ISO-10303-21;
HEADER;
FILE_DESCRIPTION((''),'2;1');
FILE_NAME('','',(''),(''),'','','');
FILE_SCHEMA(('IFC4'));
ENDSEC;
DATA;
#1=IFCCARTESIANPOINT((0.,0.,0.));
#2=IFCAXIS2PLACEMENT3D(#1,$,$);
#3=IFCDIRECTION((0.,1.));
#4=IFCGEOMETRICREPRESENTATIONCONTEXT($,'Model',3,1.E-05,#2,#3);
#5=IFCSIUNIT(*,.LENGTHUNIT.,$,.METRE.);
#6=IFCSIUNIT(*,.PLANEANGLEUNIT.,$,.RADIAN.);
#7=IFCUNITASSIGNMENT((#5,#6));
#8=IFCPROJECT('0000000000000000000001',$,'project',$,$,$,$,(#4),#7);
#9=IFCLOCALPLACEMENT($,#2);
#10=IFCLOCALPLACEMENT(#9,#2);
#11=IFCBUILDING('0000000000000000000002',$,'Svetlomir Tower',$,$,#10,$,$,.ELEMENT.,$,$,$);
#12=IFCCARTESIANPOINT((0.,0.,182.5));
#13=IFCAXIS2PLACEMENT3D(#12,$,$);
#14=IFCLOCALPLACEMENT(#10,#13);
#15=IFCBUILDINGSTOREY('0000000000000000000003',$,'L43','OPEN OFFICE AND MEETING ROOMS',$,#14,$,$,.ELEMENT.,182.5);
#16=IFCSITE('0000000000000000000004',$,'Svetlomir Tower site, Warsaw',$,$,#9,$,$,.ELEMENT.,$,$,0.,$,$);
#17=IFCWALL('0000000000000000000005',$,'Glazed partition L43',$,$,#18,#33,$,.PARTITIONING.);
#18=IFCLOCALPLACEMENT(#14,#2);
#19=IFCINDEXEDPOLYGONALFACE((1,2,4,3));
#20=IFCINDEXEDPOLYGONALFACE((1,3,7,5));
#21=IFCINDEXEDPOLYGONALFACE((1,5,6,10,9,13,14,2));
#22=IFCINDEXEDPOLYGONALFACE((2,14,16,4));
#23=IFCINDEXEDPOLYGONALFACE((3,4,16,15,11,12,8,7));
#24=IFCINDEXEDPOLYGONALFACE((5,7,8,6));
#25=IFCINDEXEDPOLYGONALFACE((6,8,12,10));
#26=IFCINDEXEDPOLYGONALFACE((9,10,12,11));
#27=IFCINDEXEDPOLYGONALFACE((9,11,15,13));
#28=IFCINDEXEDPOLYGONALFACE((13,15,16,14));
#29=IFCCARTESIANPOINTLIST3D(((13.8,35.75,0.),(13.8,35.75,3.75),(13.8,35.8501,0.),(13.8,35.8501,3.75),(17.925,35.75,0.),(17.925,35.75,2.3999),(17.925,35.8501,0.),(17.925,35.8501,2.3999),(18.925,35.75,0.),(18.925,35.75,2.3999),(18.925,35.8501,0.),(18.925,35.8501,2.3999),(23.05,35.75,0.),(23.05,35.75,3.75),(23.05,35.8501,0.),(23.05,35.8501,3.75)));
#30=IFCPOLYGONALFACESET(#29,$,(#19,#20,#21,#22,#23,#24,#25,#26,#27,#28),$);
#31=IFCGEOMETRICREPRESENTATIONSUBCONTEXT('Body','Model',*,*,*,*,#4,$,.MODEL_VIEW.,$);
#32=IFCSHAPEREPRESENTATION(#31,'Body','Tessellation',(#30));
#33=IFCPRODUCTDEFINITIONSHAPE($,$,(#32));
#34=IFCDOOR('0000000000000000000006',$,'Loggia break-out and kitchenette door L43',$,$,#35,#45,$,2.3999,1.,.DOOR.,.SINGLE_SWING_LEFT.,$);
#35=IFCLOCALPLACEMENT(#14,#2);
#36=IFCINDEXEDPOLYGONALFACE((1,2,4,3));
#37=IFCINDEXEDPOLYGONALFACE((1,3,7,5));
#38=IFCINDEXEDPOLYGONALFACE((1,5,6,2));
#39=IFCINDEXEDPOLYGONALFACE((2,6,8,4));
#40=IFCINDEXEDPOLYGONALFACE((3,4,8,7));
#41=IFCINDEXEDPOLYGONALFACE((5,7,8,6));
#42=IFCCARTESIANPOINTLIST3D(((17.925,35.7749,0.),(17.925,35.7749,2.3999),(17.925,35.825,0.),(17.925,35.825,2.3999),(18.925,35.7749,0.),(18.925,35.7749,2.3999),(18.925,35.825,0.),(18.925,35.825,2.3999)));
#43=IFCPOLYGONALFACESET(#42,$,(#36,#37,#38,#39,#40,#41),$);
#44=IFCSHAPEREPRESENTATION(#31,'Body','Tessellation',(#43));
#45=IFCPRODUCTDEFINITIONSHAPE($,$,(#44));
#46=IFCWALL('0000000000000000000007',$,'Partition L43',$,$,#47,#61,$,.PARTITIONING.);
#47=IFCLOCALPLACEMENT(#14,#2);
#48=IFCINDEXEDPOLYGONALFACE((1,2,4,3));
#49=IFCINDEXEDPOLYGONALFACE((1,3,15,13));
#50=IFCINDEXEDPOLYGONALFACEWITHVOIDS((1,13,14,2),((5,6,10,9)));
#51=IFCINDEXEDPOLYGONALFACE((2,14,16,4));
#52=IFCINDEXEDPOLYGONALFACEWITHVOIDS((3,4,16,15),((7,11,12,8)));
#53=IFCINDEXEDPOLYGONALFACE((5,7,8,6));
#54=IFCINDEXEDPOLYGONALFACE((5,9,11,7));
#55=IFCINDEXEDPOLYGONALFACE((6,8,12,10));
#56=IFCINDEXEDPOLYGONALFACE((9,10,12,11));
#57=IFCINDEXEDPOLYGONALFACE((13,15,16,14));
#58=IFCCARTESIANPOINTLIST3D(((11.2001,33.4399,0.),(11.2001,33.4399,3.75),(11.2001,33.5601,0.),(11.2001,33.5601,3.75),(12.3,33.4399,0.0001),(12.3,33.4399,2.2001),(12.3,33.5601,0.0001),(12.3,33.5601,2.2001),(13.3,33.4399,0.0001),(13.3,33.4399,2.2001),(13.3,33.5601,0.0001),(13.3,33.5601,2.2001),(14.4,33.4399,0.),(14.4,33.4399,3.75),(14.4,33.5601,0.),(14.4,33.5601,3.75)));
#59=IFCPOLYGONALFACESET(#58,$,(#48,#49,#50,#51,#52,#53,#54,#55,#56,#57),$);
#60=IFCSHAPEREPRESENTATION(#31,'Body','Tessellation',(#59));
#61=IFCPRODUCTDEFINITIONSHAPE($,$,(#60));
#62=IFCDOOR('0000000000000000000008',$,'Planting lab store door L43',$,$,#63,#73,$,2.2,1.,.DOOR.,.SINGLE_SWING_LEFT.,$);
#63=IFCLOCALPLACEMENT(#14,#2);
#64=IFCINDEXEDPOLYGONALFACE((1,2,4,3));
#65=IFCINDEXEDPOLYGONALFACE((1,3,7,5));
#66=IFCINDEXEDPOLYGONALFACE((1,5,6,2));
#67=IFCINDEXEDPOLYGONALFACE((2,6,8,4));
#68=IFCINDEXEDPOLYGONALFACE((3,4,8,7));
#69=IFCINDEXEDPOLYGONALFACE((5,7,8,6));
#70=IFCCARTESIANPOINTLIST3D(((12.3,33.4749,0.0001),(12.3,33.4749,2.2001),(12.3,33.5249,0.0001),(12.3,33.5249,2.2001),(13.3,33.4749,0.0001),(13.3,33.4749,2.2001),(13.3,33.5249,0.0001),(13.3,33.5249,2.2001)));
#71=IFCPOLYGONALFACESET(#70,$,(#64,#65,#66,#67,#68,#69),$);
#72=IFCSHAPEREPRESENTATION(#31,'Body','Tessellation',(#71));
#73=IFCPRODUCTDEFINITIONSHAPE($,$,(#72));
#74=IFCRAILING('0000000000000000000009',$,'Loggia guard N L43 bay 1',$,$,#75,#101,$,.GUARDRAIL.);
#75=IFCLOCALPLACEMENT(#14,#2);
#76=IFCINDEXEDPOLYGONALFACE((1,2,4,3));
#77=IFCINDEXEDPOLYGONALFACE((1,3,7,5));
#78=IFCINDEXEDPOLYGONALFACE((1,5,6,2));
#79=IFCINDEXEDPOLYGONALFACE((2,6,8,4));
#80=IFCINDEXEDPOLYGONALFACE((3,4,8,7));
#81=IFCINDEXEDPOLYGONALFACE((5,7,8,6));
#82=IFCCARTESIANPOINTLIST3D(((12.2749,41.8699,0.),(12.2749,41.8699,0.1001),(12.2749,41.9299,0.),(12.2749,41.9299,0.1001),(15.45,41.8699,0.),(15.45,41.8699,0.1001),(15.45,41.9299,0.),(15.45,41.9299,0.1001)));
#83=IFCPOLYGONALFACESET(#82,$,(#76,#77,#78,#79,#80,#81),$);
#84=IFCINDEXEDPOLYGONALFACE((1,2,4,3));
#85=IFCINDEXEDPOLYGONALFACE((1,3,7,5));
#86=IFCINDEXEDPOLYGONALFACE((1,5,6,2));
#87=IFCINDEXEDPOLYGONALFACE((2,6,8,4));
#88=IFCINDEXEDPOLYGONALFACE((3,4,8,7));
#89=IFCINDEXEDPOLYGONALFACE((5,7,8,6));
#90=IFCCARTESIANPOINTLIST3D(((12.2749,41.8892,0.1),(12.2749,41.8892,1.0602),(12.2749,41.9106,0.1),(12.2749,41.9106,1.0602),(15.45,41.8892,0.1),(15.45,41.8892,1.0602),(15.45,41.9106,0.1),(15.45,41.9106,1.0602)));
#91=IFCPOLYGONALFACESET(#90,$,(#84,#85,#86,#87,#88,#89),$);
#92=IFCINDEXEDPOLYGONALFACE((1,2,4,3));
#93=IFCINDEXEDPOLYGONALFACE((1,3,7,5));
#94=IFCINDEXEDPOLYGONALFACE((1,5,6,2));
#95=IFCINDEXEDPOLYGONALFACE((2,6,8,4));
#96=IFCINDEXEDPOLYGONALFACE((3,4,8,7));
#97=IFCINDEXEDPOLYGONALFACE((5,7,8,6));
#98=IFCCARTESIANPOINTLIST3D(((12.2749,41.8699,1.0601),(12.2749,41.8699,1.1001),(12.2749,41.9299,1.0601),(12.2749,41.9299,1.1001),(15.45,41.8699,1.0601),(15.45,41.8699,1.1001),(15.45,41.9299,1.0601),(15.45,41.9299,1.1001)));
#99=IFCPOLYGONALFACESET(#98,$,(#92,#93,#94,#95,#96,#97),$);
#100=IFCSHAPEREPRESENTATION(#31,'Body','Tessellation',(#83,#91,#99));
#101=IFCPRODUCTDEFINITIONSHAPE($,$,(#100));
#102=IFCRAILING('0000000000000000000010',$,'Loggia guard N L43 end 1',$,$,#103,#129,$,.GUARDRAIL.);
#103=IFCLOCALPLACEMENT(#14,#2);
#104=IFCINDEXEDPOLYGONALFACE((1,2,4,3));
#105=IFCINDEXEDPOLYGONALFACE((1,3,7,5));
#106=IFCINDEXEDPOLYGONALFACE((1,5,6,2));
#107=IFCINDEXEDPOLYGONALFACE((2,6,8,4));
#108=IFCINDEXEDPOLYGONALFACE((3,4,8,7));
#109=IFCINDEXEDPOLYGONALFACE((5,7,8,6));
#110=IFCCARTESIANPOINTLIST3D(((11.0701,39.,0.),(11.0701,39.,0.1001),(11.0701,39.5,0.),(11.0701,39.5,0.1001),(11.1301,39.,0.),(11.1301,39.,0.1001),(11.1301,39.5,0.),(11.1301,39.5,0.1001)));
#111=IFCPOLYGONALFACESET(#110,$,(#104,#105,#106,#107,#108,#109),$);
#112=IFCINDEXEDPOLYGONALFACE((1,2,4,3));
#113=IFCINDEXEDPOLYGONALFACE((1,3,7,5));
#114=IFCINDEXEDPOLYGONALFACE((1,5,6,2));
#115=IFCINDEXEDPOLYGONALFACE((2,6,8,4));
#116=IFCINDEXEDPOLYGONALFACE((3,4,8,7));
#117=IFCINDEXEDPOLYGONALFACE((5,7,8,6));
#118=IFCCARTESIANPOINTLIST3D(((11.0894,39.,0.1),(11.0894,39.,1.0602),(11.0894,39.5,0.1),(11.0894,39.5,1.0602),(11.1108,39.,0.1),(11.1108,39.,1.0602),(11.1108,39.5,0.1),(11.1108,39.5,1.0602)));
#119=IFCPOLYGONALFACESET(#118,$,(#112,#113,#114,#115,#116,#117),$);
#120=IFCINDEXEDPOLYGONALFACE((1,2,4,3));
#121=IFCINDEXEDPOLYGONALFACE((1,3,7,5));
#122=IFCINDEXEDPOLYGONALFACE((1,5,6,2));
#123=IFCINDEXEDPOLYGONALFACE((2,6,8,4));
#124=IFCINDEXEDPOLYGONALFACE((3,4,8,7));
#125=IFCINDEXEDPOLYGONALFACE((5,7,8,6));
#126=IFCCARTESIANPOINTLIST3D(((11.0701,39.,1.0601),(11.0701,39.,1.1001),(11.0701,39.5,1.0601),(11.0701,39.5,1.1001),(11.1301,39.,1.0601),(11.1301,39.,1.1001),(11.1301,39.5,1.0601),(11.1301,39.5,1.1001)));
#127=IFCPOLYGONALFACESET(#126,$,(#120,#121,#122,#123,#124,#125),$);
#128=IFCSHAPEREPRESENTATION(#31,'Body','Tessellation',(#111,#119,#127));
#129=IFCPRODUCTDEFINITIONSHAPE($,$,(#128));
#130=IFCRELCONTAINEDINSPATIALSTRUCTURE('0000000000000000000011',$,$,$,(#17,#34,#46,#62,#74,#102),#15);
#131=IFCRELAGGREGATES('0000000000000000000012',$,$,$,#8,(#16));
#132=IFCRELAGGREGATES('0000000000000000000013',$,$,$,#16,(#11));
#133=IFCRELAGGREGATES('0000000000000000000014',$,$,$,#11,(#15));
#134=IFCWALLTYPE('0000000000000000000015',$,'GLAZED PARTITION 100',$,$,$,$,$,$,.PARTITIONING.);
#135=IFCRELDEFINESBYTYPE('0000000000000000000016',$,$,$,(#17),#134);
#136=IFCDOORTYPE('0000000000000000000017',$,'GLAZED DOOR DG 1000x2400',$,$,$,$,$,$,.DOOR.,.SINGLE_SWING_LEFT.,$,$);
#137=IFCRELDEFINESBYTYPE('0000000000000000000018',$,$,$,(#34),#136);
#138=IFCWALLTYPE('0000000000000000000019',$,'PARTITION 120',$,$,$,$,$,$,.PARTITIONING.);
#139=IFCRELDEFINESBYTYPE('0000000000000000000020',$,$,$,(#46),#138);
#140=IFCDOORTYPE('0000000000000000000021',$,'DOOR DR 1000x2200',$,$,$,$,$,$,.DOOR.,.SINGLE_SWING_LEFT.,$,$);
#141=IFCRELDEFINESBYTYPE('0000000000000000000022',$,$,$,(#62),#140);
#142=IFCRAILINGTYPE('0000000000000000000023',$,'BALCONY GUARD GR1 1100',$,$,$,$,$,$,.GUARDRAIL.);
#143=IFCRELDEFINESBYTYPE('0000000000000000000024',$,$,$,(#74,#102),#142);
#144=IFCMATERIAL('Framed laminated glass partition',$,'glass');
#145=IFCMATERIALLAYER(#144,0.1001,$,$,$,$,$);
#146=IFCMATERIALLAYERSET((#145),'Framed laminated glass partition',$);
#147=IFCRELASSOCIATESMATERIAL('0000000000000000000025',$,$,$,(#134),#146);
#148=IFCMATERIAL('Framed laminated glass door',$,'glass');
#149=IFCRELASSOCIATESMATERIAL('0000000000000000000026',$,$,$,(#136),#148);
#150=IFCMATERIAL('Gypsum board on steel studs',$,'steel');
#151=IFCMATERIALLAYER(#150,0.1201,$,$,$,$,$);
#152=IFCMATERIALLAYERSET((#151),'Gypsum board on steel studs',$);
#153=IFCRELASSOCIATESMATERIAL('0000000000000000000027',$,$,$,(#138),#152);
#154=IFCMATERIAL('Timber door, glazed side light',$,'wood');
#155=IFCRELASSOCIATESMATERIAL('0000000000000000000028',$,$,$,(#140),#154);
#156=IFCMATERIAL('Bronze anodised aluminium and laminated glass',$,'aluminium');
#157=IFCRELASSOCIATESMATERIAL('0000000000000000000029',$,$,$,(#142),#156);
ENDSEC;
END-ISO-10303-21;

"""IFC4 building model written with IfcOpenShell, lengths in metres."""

from ifc_helpers import new_model, si_unit, direction, frame, frame_2d, origin, origin_2d, place, context, subcontext, project, spatial, rectangle, extrude, material, layer, layer_set, type_object, element, fill, save


model = new_model("IFC4")

# Units and contexts
model_context = context("Model", 3, precision=1e-05, world=origin(), true_north=direction((0.0, 1.0)))
body_context = subcontext(model_context, "Body", "Model", "MODEL_VIEW")
ifc_project = project(units=[si_unit("LENGTHUNIT", "METRE"), si_unit("PLANEANGLEUNIT", "RADIAN")], contexts=[model_context])

# Site, building, storey
site_placement = place(None, origin())
site = spatial("IfcSite", under=ifc_project, at=site_placement, Name="Svetlomir Tower site, Warsaw", CompositionType="ELEMENT", RefElevation=0.0)
building_placement = place(site_placement, origin())
building = spatial("IfcBuilding", under=site, at=building_placement, Name="Svetlomir Tower", CompositionType="ELEMENT")
storey_placement = place(building_placement, frame((0.0, 0.0, 182.5)))
storey = spatial("IfcBuildingStorey", under=building, at=storey_placement, Name="L43", Description="OPEN OFFICE AND MEETING ROOMS", CompositionType="ELEMENT", Elevation=182.5)

# Shared definitions
ifc_material_1 = material(Name="Framed laminated glass partition", Category="glass")
ifc_layer_1 = layer(ifc_material_1, 0.1001)
ifc_layer_set_1 = layer_set([ifc_layer_1], Name="Framed laminated glass partition")
wall_type_1 = type_object("IfcWallType", Name="GLAZED PARTITION 100", PredefinedType="PARTITIONING", material=ifc_layer_set_1)

# Walls, openings, doors
wall_1_placement = place(storey_placement, frame((13.8, 35.8, 0.0), z_axis=(0.0, 0.0, 1.0), x_axis=(1.0, 0.0, 0.0)))
wall_1 = element("IfcWall", 1, at=wall_1_placement, inside=storey, type_object=wall_type_1, Name="Glazed partition L43", PredefinedType="PARTITIONING", context=body_context, shape_type="SweptSolid", body=[
    extrude(rectangle(XDim=9.25, YDim=0.1001, at=frame_2d((4.625, 0.0))), origin(), (0.0, 0.0, 1.0), 3.75),
])
opening_1_placement = place(wall_1_placement, frame((4.125, 0.0, 0.0)))
opening_1 = element("IfcOpeningElement", 2, at=opening_1_placement, cuts=wall_1, PredefinedType="OPENING", context=body_context, shape_type="SweptSolid", body=[
    extrude(rectangle(XDim=1.0, YDim=2.3999, at=frame_2d((0.5, 1.2))), frame((0.0, 0.0601, 0.0), z_axis=(0.0, -1.0, 0.0), x_axis=(1.0, 0.0, 0.0)), (0.0, 0.0, 1.0), 0.1201),
])
ifc_material_2 = material(Name="Framed laminated glass door", Category="glass")
door_type_1 = type_object("IfcDoorType", Name="GLAZED DOOR DG 1000x2400", OperationType="SINGLE_SWING_LEFT", PredefinedType="DOOR", material=ifc_material_2)
door_1_placement = place(opening_1_placement, origin())
door_1 = element("IfcDoor", 3, at=door_1_placement, inside=storey, type_object=door_type_1, Name="Loggia break-out and kitchenette door L43", OperationType="SINGLE_SWING_LEFT", OverallHeight=2.3999, OverallWidth=1.0, PredefinedType="DOOR", context=body_context, shape_type="SweptSolid", body=[
    extrude(rectangle(XDim=1.0, YDim=2.3999, at=frame_2d((0.5, 1.2))), frame((0.0, 0.0249, 0.0), z_axis=(0.0, -1.0, 0.0), x_axis=(1.0, 0.0, 0.0)), (0.0, 0.0, 1.0), 0.05),
])
fill(opening_1, door_1)
ifc_material_3 = material(Name="Gypsum board on steel studs", Category="steel")
ifc_layer_2 = layer(ifc_material_3, 0.1201)
ifc_layer_set_2 = layer_set([ifc_layer_2], Name="Gypsum board on steel studs")
wall_type_2 = type_object("IfcWallType", Name="PARTITION 120", PredefinedType="PARTITIONING", material=ifc_layer_set_2)
wall_2_placement = place(storey_placement, frame((11.2, 33.5, 0.0), z_axis=(0.0, 0.0, 1.0), x_axis=(1.0, 0.0, 0.0)))
wall_2 = element("IfcWall", 4, at=wall_2_placement, inside=storey, type_object=wall_type_2, Name="Partition L43", PredefinedType="PARTITIONING", context=body_context, shape_type="SweptSolid", body=[
    extrude(rectangle(XDim=3.2, YDim=0.1201, at=frame_2d((1.6001, 0.0))), origin(), (0.0, 0.0, 1.0), 3.75),
])
opening_2_placement = place(wall_2_placement, frame((1.1001, 0.0, 0.0)))
opening_2 = element("IfcOpeningElement", 5, at=opening_2_placement, cuts=wall_2, PredefinedType="OPENING", context=body_context, shape_type="SweptSolid", body=[
    extrude(rectangle(XDim=1.0, YDim=2.2, at=frame_2d((0.5, 1.1001))), frame((0.0, 0.0701, 0.0), z_axis=(0.0, -1.0, 0.0), x_axis=(1.0, 0.0, 0.0)), (0.0, 0.0, 1.0), 0.1401),
])
ifc_material_4 = material(Name="Timber door, glazed side light", Category="wood")
door_type_2 = type_object("IfcDoorType", Name="DOOR DR 1000x2200", OperationType="SINGLE_SWING_LEFT", PredefinedType="DOOR", material=ifc_material_4)
door_2_placement = place(opening_2_placement, origin())
door_2 = element("IfcDoor", 6, at=door_2_placement, inside=storey, type_object=door_type_2, Name="Planting lab store door L43", OperationType="SINGLE_SWING_LEFT", OverallHeight=2.2, OverallWidth=1.0, PredefinedType="DOOR", context=body_context, shape_type="SweptSolid", body=[
    extrude(rectangle(XDim=1.0, YDim=2.2, at=frame_2d((0.5, 1.1001))), frame((0.0, 0.0249, 0.0), z_axis=(0.0, -1.0, 0.0), x_axis=(1.0, 0.0, 0.0)), (0.0, 0.0, 1.0), 0.05),
])
fill(opening_2, door_2)

# Railings
ifc_material_5 = material(Name="Bronze anodised aluminium and laminated glass", Category="aluminium")
railing_type = type_object("IfcRailingType", Name="BALCONY GUARD GR1 1100", PredefinedType="GUARDRAIL", material=ifc_material_5)
railing_1_placement = place(storey_placement, frame((12.2749, 41.8999, 0.0)))
element("IfcRailing", 7, at=railing_1_placement, inside=storey, type_object=railing_type, Name="Loggia guard N L43 bay 1", PredefinedType="GUARDRAIL", context=body_context, shape_type="SweptSolid", body=[
    extrude(rectangle(XDim=0.0601, YDim=0.1001, at=origin_2d()), frame((0.0, 0.0, 0.05), z_axis=(1.0, 0.0, 0.0), x_axis=(0.0, 1.0, 0.0)), (0.0, 0.0, 1.0), 3.175),
    extrude(rectangle(XDim=0.0215, YDim=0.9602, at=origin_2d()), frame((0.0, 0.0, 0.5801), z_axis=(1.0, 0.0, 0.0), x_axis=(0.0, 1.0, 0.0)), (0.0, 0.0, 1.0), 3.175),
    extrude(rectangle(XDim=0.0601, YDim=0.04, at=origin_2d()), frame((0.0, 0.0, 1.0801), z_axis=(1.0, 0.0, 0.0), x_axis=(0.0, 1.0, 0.0)), (0.0, 0.0, 1.0), 3.175),
])
railing_2_placement = place(storey_placement, frame((11.1001, 39.5, 0.0)))
element("IfcRailing", 8, at=railing_2_placement, inside=storey, type_object=railing_type, Name="Loggia guard N L43 end 1", PredefinedType="GUARDRAIL", context=body_context, shape_type="SweptSolid", body=[
    extrude(rectangle(XDim=0.0601, YDim=0.1001, at=origin_2d()), frame((0.0, 0.0, 0.05), z_axis=(0.0, -1.0, 0.0), x_axis=(1.0, 0.0, 0.0)), (0.0, 0.0, 1.0), 0.5),
    extrude(rectangle(XDim=0.0215, YDim=0.9602, at=origin_2d()), frame((0.0, 0.0, 0.5801), z_axis=(0.0, -1.0, 0.0), x_axis=(1.0, 0.0, 0.0)), (0.0, 0.0, 1.0), 0.5),
    extrude(rectangle(XDim=0.0601, YDim=0.04, at=origin_2d()), frame((0.0, 0.0, 1.0801), z_axis=(0.0, -1.0, 0.0), x_axis=(1.0, 0.0, 0.0)), (0.0, 0.0, 1.0), 0.5),
])

save(model, "model.ifc")
